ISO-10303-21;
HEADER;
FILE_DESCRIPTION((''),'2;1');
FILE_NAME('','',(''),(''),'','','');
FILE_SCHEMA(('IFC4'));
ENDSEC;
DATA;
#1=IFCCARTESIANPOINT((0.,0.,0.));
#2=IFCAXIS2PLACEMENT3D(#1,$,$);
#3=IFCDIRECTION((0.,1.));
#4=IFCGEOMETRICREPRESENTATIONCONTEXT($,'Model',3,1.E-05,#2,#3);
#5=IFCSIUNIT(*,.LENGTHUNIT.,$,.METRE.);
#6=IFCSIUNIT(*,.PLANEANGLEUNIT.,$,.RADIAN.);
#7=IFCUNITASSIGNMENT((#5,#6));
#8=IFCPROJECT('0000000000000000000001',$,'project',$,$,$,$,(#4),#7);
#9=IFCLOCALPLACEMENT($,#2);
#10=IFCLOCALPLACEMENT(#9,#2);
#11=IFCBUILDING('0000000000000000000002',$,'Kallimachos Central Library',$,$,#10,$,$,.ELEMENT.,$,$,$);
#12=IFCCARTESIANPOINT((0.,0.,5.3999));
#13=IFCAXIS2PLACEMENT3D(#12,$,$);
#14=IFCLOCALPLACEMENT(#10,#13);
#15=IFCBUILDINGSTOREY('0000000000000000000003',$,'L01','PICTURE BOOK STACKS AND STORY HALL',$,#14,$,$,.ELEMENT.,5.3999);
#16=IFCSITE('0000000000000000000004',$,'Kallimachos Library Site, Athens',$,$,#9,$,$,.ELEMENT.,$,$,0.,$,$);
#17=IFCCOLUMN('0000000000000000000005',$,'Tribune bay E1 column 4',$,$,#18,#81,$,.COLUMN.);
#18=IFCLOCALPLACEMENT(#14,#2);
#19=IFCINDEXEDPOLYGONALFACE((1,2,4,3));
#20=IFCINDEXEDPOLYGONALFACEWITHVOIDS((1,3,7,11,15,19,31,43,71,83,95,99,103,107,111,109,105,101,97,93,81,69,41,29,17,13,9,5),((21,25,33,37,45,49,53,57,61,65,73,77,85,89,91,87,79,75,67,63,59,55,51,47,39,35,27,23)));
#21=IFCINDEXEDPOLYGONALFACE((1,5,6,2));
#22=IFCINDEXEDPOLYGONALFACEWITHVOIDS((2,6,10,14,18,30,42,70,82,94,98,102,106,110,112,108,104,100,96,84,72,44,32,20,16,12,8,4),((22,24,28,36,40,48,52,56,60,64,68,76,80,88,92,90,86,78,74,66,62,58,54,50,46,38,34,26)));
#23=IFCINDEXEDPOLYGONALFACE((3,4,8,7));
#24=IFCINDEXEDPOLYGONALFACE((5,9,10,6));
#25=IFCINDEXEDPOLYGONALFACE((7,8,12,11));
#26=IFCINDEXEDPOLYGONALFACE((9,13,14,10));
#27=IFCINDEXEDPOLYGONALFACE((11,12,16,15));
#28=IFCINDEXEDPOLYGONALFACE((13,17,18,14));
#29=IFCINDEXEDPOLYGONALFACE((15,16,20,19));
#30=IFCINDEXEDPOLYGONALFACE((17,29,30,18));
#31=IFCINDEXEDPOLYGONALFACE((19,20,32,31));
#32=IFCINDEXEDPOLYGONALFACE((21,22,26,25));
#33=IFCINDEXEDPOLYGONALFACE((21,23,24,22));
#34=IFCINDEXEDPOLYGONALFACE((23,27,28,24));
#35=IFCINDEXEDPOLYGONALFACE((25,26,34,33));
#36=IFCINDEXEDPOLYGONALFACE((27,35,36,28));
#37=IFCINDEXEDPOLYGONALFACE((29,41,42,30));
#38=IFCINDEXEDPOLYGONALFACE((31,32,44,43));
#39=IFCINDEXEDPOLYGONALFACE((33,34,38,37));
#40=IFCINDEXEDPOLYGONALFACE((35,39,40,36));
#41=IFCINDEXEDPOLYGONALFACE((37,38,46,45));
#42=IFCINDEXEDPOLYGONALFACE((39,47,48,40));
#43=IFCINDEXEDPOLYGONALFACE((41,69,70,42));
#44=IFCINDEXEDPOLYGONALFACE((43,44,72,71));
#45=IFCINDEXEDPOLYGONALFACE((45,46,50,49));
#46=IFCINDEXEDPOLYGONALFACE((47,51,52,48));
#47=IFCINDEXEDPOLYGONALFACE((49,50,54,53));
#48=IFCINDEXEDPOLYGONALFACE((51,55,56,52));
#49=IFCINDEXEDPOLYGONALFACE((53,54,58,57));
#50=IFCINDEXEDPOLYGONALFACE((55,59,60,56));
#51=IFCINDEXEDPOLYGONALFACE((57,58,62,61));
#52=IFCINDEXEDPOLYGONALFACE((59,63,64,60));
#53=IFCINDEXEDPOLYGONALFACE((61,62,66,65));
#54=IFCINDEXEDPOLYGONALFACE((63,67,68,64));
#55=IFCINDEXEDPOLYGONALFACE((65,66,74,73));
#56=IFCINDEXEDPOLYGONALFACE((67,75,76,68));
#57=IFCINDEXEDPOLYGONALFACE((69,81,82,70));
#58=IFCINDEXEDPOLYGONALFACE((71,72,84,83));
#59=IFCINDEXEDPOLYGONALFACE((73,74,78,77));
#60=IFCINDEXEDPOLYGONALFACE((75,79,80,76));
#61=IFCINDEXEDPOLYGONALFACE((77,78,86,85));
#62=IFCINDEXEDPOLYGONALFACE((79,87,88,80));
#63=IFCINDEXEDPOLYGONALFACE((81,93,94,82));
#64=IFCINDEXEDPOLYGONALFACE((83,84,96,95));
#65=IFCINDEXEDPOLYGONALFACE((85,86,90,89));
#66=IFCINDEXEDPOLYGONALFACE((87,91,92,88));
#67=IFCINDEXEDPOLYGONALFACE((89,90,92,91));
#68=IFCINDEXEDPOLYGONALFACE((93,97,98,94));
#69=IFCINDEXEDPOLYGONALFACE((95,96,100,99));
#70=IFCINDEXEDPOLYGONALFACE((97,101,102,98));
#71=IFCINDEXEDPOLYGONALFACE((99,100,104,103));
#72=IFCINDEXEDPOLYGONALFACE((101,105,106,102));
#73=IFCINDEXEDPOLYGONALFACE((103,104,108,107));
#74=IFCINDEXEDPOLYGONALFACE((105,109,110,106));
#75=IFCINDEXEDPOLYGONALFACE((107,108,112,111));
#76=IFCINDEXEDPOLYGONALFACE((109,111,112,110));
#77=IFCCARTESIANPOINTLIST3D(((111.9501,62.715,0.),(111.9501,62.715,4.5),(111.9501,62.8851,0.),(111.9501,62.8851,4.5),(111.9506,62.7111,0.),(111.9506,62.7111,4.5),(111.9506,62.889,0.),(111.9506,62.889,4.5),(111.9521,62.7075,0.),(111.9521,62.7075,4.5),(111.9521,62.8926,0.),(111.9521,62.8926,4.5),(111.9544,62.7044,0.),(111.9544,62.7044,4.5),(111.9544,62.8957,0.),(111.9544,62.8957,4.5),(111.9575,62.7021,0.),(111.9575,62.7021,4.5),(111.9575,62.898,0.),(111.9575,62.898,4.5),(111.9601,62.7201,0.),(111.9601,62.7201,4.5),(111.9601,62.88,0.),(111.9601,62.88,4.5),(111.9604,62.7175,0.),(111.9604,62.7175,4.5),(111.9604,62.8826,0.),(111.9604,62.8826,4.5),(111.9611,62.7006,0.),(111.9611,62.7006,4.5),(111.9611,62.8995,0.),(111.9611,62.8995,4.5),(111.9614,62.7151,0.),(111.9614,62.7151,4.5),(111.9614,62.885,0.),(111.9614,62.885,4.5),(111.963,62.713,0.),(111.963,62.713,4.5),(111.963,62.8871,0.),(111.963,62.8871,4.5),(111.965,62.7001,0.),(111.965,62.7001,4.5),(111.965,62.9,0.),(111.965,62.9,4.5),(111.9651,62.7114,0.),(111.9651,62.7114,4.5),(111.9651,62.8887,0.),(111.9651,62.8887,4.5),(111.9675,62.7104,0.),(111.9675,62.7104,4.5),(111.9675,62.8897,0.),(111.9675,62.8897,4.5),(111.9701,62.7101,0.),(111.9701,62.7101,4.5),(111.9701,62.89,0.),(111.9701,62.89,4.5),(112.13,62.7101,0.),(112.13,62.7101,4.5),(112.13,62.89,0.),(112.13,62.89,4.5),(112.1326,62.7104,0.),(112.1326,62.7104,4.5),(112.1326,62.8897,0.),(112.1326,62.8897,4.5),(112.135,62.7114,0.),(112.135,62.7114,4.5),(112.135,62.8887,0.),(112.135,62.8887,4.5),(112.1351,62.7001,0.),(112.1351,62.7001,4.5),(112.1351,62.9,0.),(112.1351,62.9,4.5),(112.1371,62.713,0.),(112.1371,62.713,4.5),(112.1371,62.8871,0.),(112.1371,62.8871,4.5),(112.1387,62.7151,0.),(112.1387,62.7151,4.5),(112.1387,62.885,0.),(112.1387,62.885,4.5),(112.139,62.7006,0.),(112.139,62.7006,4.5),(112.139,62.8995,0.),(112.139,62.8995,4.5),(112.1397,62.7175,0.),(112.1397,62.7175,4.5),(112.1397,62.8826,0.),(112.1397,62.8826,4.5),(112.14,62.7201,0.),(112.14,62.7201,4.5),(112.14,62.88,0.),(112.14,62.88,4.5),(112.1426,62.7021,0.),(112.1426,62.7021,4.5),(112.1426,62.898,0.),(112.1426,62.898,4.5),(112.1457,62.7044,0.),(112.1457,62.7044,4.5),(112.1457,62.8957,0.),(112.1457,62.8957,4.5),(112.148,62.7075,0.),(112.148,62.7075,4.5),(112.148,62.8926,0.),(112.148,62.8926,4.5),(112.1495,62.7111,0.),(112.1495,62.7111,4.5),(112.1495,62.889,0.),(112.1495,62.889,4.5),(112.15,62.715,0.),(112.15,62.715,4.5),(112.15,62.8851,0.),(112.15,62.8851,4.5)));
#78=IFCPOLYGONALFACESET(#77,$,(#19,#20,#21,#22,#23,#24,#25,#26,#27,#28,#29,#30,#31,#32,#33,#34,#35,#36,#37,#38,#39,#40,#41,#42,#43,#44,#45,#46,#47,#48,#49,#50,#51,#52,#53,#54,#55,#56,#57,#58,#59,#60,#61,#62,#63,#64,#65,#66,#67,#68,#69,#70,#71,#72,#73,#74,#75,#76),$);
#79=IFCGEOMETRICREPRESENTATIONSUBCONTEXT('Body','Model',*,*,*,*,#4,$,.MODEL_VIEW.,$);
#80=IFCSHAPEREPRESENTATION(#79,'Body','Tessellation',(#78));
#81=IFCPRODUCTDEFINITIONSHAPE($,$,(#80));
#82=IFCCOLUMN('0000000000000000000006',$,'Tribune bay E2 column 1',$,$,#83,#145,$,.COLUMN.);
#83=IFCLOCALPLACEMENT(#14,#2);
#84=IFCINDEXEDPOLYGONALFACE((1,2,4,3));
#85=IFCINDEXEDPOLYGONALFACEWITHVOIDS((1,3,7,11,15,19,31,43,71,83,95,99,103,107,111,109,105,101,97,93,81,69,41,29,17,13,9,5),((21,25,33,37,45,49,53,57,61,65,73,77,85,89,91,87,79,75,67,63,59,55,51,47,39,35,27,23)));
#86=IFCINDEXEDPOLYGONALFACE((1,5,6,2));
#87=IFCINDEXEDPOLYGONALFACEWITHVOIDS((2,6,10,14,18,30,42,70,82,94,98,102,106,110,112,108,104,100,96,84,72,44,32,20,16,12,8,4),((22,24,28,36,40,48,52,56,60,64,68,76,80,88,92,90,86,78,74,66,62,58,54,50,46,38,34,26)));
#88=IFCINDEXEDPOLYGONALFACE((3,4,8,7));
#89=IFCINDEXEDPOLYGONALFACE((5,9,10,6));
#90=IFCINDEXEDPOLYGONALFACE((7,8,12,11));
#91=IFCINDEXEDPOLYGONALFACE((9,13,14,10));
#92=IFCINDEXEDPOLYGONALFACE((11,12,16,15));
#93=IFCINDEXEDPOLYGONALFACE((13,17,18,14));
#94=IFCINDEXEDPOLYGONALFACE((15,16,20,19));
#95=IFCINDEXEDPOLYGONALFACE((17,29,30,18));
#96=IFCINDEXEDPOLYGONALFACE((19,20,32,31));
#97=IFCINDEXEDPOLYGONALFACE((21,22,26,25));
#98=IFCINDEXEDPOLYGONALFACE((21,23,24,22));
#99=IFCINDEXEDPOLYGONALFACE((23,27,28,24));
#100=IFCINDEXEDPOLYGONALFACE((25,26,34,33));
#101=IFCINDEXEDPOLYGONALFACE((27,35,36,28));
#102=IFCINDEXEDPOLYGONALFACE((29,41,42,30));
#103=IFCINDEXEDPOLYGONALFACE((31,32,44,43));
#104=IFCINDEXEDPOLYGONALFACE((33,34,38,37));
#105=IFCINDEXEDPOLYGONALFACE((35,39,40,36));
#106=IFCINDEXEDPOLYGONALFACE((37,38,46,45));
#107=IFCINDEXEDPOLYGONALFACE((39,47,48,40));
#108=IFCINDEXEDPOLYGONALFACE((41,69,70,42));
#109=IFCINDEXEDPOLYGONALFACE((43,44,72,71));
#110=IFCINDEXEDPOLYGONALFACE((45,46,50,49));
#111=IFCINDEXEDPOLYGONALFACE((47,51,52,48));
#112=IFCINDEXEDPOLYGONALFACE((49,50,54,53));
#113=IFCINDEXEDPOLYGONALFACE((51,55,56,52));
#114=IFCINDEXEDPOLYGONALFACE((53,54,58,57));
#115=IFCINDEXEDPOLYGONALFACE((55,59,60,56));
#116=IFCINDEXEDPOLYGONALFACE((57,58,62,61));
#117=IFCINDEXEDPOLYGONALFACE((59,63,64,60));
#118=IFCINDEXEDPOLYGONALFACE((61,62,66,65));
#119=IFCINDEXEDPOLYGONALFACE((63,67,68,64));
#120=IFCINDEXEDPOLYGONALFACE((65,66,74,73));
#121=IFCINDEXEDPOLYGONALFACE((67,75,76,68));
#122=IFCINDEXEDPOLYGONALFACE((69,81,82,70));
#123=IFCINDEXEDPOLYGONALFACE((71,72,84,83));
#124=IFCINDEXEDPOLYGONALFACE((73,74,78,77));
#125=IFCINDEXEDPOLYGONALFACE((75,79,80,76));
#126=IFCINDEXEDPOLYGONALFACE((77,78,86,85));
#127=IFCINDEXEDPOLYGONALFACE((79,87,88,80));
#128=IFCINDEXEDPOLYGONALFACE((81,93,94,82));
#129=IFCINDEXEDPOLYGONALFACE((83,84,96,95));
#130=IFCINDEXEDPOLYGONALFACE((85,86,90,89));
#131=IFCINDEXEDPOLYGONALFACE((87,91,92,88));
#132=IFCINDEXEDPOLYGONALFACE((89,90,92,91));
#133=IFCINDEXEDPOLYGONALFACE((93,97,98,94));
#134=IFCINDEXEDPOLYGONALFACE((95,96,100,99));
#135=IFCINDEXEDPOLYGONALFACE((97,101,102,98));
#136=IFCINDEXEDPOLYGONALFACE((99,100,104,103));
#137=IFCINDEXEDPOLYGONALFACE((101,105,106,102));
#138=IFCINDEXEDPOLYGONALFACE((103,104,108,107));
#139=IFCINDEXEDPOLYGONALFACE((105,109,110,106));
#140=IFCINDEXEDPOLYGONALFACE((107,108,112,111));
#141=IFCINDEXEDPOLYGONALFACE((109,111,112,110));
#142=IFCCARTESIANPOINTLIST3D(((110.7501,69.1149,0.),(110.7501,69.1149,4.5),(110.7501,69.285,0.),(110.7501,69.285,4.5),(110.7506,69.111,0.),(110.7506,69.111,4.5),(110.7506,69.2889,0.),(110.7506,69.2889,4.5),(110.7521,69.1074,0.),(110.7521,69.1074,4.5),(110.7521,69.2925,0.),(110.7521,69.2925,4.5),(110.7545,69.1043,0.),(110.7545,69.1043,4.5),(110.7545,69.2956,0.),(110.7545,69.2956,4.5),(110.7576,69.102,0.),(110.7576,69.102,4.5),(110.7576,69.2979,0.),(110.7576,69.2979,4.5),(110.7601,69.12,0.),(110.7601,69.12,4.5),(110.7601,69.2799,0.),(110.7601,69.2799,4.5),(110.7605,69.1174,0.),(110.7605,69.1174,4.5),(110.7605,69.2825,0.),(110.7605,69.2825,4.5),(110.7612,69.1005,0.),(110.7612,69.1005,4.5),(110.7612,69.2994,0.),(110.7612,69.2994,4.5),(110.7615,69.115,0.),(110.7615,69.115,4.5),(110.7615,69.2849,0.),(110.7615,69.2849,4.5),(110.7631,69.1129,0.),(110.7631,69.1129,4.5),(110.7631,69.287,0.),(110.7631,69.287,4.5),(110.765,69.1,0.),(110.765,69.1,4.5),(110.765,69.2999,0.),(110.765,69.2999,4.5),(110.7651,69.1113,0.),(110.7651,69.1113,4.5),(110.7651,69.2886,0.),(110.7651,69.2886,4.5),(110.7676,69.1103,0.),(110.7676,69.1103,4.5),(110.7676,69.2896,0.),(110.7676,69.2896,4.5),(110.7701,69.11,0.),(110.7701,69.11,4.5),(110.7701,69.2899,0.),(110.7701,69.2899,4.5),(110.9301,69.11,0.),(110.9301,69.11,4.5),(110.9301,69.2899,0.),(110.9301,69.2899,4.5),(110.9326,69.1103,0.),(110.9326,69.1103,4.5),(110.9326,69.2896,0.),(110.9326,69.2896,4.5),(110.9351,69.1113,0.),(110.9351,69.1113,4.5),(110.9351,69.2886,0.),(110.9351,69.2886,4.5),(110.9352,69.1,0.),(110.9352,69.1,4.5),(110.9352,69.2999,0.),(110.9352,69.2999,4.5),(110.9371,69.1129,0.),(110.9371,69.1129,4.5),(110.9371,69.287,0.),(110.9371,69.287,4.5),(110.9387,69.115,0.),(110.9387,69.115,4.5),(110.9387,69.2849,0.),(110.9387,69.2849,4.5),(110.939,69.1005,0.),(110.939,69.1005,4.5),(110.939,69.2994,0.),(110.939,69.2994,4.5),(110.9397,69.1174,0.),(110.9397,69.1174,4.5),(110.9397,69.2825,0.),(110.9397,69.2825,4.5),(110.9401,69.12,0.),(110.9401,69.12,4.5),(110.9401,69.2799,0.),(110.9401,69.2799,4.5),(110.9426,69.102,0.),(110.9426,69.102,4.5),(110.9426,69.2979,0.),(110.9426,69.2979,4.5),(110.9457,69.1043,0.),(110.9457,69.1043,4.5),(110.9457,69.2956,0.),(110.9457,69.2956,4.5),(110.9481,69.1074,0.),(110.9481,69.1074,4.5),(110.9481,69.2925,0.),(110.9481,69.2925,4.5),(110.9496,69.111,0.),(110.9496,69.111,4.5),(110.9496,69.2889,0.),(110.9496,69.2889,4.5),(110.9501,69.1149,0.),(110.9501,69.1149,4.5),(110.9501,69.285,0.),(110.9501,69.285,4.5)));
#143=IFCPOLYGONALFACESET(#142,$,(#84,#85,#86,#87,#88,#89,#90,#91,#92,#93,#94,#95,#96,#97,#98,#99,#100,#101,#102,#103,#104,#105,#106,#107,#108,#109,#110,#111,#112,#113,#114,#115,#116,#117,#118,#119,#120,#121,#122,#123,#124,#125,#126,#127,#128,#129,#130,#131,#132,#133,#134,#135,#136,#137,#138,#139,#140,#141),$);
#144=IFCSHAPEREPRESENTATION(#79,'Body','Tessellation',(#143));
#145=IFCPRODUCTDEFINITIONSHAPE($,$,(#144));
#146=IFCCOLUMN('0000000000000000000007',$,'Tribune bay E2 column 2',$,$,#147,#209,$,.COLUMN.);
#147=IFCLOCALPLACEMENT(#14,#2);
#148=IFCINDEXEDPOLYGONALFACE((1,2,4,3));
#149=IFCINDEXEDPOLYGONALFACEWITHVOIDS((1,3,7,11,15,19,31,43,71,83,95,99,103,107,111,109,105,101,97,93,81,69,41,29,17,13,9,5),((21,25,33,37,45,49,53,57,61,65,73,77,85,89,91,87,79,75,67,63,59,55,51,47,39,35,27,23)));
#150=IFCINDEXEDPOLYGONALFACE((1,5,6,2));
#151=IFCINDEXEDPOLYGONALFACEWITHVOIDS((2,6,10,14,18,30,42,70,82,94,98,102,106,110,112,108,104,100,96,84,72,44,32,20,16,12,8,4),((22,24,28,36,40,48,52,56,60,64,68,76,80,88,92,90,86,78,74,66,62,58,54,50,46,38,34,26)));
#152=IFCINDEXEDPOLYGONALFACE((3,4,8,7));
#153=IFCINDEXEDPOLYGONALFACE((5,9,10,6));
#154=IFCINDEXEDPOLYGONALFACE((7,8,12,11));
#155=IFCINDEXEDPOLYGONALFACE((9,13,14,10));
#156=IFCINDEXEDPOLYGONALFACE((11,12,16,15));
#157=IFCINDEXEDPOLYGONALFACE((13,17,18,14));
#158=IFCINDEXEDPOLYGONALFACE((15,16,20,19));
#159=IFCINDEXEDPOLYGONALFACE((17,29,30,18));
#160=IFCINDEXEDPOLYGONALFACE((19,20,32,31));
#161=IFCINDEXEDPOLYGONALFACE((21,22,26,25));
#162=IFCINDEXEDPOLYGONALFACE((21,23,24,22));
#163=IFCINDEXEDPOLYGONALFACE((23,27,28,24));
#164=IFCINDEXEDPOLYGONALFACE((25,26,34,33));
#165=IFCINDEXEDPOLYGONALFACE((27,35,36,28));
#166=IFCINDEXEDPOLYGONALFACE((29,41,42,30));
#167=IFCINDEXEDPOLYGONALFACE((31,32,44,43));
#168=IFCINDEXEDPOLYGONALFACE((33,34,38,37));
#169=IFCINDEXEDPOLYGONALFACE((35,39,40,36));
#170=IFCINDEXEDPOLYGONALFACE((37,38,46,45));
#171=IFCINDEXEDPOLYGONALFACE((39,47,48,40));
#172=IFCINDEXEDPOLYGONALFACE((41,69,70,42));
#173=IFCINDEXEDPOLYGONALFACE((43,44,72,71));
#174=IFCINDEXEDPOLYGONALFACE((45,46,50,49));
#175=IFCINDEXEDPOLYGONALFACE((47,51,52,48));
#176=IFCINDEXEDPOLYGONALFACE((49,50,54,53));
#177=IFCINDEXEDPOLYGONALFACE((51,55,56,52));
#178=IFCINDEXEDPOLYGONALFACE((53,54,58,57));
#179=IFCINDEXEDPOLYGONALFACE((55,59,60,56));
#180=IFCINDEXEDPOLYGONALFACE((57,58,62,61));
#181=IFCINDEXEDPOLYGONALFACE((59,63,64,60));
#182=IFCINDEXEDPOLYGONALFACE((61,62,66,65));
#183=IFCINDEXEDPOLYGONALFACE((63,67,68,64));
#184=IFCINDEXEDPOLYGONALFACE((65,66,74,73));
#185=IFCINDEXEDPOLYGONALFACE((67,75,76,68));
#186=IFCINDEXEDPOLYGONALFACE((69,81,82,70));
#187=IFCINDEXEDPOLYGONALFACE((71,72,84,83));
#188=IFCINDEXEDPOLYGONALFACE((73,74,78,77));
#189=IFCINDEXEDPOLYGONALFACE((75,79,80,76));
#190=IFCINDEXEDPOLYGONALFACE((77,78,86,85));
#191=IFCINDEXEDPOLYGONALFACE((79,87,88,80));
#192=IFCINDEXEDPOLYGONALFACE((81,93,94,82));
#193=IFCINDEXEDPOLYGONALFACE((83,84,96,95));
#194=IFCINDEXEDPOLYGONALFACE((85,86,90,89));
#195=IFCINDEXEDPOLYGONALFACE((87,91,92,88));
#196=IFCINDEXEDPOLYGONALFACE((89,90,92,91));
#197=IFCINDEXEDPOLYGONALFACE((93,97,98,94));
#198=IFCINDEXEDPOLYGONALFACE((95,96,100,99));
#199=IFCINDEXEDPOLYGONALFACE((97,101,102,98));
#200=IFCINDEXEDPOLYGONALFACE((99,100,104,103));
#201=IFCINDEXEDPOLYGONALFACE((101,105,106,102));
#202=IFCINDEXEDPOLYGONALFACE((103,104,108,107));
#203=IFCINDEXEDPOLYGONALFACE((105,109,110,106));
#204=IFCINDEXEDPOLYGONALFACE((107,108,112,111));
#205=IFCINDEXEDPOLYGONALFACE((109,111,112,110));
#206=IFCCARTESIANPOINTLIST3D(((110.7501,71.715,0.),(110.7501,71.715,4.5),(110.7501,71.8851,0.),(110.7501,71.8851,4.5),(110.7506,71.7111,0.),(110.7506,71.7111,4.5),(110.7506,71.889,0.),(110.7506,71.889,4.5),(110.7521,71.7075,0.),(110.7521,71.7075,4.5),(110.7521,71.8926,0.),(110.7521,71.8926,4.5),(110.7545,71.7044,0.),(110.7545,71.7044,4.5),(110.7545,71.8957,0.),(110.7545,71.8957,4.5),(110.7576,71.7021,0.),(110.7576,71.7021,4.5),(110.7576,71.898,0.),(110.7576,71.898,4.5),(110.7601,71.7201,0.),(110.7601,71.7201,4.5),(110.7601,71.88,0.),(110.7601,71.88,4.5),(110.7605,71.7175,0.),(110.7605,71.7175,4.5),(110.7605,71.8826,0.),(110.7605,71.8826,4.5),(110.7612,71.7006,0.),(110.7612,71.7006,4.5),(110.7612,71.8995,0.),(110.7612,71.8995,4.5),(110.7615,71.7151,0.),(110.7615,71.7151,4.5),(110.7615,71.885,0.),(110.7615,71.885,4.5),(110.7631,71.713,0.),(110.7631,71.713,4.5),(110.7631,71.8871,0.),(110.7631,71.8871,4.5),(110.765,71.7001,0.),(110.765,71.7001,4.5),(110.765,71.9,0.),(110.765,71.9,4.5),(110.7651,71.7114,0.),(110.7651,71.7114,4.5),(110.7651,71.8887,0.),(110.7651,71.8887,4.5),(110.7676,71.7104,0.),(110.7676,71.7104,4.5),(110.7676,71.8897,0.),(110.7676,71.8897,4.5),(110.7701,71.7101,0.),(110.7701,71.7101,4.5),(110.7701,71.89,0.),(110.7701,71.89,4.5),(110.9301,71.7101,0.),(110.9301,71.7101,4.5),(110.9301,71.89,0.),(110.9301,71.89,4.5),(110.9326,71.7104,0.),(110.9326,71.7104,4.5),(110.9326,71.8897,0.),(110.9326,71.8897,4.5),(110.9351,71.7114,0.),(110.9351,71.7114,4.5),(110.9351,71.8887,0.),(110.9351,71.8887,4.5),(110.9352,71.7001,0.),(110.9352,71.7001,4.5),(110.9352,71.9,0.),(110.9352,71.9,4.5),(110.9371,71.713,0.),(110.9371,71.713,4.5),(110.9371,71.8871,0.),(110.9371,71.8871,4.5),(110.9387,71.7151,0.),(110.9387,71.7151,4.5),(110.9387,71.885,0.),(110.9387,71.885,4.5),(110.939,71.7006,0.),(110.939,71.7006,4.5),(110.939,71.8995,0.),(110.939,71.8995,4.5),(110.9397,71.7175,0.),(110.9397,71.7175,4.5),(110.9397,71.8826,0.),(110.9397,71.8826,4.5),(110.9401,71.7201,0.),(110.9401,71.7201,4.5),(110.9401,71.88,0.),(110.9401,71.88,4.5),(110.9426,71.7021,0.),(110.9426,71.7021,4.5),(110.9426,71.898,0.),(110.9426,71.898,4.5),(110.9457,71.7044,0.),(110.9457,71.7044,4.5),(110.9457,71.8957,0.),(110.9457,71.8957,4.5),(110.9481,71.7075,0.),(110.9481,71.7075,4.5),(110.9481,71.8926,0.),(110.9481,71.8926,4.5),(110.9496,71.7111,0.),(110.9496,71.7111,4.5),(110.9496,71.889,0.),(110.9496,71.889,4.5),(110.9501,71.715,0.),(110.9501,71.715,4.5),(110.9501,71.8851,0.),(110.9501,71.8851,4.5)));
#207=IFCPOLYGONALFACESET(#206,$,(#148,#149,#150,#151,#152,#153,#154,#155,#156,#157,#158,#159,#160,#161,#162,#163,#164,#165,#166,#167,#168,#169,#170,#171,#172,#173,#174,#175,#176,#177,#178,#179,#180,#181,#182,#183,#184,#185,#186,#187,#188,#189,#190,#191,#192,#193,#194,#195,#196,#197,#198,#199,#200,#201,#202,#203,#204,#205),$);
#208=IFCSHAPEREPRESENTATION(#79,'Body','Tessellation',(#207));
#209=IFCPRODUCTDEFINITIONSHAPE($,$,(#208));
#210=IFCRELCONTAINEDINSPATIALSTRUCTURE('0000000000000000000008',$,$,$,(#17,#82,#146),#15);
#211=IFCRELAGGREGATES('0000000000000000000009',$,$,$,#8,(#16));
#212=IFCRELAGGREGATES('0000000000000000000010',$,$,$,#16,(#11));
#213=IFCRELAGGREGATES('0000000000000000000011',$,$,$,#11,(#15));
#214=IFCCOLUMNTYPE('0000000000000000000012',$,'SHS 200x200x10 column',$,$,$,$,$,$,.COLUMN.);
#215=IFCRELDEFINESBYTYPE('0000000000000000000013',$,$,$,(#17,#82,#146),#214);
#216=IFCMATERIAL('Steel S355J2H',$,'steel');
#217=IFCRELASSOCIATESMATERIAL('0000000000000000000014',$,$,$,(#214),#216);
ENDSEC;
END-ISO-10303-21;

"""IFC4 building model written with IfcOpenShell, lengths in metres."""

from ifc_helpers import new_model, si_unit, direction, frame, origin, origin_2d, place, context, subcontext, project, spatial, hollow_rectangle, extrude, material, material_profile, profile_set, type_object, element, save


model = new_model("IFC4")

# Units and contexts
model_context = context("Model", 3, precision=1e-05, world=origin(), true_north=direction((0.0, 1.0)))
body_context = subcontext(model_context, "Body", "Model", "MODEL_VIEW")
ifc_project = project(units=[si_unit("LENGTHUNIT", "METRE"), si_unit("PLANEANGLEUNIT", "RADIAN")], contexts=[model_context])

# Site, building, storey
site_placement = place(None, origin())
site = spatial("IfcSite", under=ifc_project, at=site_placement, Name="Kallimachos Library Site, Athens", CompositionType="ELEMENT", RefElevation=0.0)
building_placement = place(site_placement, origin())
building = spatial("IfcBuilding", under=site, at=building_placement, Name="Kallimachos Central Library", CompositionType="ELEMENT")
storey_placement = place(building_placement, frame((0.0, 0.0, 5.3999)))
storey = spatial("IfcBuildingStorey", under=building, at=storey_placement, Name="L01", Description="PICTURE BOOK STACKS AND STORY HALL", CompositionType="ELEMENT", Elevation=5.3999)

# Columns
ifc_material_1 = material(Name="Steel S355J2H", Category="steel")
ifc_material_profile = material_profile(ifc_material_1, hollow_rectangle(XDim=0.2, YDim=0.2, WallThickness=0.01, InnerFilletRadius=0.01, OuterFilletRadius=0.0149, at=origin_2d()), Name="SHS 200x200x10")
ifc_profile_set = profile_set([ifc_material_profile], Name="Steel S355J2H")
column_type = type_object("IfcColumnType", Name="SHS 200x200x10 column", PredefinedType="COLUMN", material=ifc_profile_set)
for number, where, z_axis, x_axis, name in (
    (1, (112.05, 62.8, 0.0), (0.0, 0.0, 1.0), (1.0, 0.0, 0.0), "Tribune bay E1 column 4"),
    (2, (110.8501, 69.2, 0.0), (0.0, 0.0, 1.0), (1.0, 0.0, 0.0), "Tribune bay E2 column 1"),
    (3, (110.8501, 71.8, 0.0), (0.0, 0.0, 1.0), (1.0, 0.0, 0.0), "Tribune bay E2 column 2"),
):
    element("IfcColumn", number, at=place(storey_placement, frame(where, z_axis=z_axis, x_axis=x_axis)), inside=storey, type_object=column_type, Name=name, PredefinedType="COLUMN", context=body_context, shape_type="SweptSolid", body=[
        extrude(hollow_rectangle(XDim=0.2, YDim=0.2, WallThickness=0.01, InnerFilletRadius=0.01, OuterFilletRadius=0.0149, at=origin_2d()), origin(), (0.0, 0.0, 1.0), 4.5),
    ])

save(model, "model.ifc")
